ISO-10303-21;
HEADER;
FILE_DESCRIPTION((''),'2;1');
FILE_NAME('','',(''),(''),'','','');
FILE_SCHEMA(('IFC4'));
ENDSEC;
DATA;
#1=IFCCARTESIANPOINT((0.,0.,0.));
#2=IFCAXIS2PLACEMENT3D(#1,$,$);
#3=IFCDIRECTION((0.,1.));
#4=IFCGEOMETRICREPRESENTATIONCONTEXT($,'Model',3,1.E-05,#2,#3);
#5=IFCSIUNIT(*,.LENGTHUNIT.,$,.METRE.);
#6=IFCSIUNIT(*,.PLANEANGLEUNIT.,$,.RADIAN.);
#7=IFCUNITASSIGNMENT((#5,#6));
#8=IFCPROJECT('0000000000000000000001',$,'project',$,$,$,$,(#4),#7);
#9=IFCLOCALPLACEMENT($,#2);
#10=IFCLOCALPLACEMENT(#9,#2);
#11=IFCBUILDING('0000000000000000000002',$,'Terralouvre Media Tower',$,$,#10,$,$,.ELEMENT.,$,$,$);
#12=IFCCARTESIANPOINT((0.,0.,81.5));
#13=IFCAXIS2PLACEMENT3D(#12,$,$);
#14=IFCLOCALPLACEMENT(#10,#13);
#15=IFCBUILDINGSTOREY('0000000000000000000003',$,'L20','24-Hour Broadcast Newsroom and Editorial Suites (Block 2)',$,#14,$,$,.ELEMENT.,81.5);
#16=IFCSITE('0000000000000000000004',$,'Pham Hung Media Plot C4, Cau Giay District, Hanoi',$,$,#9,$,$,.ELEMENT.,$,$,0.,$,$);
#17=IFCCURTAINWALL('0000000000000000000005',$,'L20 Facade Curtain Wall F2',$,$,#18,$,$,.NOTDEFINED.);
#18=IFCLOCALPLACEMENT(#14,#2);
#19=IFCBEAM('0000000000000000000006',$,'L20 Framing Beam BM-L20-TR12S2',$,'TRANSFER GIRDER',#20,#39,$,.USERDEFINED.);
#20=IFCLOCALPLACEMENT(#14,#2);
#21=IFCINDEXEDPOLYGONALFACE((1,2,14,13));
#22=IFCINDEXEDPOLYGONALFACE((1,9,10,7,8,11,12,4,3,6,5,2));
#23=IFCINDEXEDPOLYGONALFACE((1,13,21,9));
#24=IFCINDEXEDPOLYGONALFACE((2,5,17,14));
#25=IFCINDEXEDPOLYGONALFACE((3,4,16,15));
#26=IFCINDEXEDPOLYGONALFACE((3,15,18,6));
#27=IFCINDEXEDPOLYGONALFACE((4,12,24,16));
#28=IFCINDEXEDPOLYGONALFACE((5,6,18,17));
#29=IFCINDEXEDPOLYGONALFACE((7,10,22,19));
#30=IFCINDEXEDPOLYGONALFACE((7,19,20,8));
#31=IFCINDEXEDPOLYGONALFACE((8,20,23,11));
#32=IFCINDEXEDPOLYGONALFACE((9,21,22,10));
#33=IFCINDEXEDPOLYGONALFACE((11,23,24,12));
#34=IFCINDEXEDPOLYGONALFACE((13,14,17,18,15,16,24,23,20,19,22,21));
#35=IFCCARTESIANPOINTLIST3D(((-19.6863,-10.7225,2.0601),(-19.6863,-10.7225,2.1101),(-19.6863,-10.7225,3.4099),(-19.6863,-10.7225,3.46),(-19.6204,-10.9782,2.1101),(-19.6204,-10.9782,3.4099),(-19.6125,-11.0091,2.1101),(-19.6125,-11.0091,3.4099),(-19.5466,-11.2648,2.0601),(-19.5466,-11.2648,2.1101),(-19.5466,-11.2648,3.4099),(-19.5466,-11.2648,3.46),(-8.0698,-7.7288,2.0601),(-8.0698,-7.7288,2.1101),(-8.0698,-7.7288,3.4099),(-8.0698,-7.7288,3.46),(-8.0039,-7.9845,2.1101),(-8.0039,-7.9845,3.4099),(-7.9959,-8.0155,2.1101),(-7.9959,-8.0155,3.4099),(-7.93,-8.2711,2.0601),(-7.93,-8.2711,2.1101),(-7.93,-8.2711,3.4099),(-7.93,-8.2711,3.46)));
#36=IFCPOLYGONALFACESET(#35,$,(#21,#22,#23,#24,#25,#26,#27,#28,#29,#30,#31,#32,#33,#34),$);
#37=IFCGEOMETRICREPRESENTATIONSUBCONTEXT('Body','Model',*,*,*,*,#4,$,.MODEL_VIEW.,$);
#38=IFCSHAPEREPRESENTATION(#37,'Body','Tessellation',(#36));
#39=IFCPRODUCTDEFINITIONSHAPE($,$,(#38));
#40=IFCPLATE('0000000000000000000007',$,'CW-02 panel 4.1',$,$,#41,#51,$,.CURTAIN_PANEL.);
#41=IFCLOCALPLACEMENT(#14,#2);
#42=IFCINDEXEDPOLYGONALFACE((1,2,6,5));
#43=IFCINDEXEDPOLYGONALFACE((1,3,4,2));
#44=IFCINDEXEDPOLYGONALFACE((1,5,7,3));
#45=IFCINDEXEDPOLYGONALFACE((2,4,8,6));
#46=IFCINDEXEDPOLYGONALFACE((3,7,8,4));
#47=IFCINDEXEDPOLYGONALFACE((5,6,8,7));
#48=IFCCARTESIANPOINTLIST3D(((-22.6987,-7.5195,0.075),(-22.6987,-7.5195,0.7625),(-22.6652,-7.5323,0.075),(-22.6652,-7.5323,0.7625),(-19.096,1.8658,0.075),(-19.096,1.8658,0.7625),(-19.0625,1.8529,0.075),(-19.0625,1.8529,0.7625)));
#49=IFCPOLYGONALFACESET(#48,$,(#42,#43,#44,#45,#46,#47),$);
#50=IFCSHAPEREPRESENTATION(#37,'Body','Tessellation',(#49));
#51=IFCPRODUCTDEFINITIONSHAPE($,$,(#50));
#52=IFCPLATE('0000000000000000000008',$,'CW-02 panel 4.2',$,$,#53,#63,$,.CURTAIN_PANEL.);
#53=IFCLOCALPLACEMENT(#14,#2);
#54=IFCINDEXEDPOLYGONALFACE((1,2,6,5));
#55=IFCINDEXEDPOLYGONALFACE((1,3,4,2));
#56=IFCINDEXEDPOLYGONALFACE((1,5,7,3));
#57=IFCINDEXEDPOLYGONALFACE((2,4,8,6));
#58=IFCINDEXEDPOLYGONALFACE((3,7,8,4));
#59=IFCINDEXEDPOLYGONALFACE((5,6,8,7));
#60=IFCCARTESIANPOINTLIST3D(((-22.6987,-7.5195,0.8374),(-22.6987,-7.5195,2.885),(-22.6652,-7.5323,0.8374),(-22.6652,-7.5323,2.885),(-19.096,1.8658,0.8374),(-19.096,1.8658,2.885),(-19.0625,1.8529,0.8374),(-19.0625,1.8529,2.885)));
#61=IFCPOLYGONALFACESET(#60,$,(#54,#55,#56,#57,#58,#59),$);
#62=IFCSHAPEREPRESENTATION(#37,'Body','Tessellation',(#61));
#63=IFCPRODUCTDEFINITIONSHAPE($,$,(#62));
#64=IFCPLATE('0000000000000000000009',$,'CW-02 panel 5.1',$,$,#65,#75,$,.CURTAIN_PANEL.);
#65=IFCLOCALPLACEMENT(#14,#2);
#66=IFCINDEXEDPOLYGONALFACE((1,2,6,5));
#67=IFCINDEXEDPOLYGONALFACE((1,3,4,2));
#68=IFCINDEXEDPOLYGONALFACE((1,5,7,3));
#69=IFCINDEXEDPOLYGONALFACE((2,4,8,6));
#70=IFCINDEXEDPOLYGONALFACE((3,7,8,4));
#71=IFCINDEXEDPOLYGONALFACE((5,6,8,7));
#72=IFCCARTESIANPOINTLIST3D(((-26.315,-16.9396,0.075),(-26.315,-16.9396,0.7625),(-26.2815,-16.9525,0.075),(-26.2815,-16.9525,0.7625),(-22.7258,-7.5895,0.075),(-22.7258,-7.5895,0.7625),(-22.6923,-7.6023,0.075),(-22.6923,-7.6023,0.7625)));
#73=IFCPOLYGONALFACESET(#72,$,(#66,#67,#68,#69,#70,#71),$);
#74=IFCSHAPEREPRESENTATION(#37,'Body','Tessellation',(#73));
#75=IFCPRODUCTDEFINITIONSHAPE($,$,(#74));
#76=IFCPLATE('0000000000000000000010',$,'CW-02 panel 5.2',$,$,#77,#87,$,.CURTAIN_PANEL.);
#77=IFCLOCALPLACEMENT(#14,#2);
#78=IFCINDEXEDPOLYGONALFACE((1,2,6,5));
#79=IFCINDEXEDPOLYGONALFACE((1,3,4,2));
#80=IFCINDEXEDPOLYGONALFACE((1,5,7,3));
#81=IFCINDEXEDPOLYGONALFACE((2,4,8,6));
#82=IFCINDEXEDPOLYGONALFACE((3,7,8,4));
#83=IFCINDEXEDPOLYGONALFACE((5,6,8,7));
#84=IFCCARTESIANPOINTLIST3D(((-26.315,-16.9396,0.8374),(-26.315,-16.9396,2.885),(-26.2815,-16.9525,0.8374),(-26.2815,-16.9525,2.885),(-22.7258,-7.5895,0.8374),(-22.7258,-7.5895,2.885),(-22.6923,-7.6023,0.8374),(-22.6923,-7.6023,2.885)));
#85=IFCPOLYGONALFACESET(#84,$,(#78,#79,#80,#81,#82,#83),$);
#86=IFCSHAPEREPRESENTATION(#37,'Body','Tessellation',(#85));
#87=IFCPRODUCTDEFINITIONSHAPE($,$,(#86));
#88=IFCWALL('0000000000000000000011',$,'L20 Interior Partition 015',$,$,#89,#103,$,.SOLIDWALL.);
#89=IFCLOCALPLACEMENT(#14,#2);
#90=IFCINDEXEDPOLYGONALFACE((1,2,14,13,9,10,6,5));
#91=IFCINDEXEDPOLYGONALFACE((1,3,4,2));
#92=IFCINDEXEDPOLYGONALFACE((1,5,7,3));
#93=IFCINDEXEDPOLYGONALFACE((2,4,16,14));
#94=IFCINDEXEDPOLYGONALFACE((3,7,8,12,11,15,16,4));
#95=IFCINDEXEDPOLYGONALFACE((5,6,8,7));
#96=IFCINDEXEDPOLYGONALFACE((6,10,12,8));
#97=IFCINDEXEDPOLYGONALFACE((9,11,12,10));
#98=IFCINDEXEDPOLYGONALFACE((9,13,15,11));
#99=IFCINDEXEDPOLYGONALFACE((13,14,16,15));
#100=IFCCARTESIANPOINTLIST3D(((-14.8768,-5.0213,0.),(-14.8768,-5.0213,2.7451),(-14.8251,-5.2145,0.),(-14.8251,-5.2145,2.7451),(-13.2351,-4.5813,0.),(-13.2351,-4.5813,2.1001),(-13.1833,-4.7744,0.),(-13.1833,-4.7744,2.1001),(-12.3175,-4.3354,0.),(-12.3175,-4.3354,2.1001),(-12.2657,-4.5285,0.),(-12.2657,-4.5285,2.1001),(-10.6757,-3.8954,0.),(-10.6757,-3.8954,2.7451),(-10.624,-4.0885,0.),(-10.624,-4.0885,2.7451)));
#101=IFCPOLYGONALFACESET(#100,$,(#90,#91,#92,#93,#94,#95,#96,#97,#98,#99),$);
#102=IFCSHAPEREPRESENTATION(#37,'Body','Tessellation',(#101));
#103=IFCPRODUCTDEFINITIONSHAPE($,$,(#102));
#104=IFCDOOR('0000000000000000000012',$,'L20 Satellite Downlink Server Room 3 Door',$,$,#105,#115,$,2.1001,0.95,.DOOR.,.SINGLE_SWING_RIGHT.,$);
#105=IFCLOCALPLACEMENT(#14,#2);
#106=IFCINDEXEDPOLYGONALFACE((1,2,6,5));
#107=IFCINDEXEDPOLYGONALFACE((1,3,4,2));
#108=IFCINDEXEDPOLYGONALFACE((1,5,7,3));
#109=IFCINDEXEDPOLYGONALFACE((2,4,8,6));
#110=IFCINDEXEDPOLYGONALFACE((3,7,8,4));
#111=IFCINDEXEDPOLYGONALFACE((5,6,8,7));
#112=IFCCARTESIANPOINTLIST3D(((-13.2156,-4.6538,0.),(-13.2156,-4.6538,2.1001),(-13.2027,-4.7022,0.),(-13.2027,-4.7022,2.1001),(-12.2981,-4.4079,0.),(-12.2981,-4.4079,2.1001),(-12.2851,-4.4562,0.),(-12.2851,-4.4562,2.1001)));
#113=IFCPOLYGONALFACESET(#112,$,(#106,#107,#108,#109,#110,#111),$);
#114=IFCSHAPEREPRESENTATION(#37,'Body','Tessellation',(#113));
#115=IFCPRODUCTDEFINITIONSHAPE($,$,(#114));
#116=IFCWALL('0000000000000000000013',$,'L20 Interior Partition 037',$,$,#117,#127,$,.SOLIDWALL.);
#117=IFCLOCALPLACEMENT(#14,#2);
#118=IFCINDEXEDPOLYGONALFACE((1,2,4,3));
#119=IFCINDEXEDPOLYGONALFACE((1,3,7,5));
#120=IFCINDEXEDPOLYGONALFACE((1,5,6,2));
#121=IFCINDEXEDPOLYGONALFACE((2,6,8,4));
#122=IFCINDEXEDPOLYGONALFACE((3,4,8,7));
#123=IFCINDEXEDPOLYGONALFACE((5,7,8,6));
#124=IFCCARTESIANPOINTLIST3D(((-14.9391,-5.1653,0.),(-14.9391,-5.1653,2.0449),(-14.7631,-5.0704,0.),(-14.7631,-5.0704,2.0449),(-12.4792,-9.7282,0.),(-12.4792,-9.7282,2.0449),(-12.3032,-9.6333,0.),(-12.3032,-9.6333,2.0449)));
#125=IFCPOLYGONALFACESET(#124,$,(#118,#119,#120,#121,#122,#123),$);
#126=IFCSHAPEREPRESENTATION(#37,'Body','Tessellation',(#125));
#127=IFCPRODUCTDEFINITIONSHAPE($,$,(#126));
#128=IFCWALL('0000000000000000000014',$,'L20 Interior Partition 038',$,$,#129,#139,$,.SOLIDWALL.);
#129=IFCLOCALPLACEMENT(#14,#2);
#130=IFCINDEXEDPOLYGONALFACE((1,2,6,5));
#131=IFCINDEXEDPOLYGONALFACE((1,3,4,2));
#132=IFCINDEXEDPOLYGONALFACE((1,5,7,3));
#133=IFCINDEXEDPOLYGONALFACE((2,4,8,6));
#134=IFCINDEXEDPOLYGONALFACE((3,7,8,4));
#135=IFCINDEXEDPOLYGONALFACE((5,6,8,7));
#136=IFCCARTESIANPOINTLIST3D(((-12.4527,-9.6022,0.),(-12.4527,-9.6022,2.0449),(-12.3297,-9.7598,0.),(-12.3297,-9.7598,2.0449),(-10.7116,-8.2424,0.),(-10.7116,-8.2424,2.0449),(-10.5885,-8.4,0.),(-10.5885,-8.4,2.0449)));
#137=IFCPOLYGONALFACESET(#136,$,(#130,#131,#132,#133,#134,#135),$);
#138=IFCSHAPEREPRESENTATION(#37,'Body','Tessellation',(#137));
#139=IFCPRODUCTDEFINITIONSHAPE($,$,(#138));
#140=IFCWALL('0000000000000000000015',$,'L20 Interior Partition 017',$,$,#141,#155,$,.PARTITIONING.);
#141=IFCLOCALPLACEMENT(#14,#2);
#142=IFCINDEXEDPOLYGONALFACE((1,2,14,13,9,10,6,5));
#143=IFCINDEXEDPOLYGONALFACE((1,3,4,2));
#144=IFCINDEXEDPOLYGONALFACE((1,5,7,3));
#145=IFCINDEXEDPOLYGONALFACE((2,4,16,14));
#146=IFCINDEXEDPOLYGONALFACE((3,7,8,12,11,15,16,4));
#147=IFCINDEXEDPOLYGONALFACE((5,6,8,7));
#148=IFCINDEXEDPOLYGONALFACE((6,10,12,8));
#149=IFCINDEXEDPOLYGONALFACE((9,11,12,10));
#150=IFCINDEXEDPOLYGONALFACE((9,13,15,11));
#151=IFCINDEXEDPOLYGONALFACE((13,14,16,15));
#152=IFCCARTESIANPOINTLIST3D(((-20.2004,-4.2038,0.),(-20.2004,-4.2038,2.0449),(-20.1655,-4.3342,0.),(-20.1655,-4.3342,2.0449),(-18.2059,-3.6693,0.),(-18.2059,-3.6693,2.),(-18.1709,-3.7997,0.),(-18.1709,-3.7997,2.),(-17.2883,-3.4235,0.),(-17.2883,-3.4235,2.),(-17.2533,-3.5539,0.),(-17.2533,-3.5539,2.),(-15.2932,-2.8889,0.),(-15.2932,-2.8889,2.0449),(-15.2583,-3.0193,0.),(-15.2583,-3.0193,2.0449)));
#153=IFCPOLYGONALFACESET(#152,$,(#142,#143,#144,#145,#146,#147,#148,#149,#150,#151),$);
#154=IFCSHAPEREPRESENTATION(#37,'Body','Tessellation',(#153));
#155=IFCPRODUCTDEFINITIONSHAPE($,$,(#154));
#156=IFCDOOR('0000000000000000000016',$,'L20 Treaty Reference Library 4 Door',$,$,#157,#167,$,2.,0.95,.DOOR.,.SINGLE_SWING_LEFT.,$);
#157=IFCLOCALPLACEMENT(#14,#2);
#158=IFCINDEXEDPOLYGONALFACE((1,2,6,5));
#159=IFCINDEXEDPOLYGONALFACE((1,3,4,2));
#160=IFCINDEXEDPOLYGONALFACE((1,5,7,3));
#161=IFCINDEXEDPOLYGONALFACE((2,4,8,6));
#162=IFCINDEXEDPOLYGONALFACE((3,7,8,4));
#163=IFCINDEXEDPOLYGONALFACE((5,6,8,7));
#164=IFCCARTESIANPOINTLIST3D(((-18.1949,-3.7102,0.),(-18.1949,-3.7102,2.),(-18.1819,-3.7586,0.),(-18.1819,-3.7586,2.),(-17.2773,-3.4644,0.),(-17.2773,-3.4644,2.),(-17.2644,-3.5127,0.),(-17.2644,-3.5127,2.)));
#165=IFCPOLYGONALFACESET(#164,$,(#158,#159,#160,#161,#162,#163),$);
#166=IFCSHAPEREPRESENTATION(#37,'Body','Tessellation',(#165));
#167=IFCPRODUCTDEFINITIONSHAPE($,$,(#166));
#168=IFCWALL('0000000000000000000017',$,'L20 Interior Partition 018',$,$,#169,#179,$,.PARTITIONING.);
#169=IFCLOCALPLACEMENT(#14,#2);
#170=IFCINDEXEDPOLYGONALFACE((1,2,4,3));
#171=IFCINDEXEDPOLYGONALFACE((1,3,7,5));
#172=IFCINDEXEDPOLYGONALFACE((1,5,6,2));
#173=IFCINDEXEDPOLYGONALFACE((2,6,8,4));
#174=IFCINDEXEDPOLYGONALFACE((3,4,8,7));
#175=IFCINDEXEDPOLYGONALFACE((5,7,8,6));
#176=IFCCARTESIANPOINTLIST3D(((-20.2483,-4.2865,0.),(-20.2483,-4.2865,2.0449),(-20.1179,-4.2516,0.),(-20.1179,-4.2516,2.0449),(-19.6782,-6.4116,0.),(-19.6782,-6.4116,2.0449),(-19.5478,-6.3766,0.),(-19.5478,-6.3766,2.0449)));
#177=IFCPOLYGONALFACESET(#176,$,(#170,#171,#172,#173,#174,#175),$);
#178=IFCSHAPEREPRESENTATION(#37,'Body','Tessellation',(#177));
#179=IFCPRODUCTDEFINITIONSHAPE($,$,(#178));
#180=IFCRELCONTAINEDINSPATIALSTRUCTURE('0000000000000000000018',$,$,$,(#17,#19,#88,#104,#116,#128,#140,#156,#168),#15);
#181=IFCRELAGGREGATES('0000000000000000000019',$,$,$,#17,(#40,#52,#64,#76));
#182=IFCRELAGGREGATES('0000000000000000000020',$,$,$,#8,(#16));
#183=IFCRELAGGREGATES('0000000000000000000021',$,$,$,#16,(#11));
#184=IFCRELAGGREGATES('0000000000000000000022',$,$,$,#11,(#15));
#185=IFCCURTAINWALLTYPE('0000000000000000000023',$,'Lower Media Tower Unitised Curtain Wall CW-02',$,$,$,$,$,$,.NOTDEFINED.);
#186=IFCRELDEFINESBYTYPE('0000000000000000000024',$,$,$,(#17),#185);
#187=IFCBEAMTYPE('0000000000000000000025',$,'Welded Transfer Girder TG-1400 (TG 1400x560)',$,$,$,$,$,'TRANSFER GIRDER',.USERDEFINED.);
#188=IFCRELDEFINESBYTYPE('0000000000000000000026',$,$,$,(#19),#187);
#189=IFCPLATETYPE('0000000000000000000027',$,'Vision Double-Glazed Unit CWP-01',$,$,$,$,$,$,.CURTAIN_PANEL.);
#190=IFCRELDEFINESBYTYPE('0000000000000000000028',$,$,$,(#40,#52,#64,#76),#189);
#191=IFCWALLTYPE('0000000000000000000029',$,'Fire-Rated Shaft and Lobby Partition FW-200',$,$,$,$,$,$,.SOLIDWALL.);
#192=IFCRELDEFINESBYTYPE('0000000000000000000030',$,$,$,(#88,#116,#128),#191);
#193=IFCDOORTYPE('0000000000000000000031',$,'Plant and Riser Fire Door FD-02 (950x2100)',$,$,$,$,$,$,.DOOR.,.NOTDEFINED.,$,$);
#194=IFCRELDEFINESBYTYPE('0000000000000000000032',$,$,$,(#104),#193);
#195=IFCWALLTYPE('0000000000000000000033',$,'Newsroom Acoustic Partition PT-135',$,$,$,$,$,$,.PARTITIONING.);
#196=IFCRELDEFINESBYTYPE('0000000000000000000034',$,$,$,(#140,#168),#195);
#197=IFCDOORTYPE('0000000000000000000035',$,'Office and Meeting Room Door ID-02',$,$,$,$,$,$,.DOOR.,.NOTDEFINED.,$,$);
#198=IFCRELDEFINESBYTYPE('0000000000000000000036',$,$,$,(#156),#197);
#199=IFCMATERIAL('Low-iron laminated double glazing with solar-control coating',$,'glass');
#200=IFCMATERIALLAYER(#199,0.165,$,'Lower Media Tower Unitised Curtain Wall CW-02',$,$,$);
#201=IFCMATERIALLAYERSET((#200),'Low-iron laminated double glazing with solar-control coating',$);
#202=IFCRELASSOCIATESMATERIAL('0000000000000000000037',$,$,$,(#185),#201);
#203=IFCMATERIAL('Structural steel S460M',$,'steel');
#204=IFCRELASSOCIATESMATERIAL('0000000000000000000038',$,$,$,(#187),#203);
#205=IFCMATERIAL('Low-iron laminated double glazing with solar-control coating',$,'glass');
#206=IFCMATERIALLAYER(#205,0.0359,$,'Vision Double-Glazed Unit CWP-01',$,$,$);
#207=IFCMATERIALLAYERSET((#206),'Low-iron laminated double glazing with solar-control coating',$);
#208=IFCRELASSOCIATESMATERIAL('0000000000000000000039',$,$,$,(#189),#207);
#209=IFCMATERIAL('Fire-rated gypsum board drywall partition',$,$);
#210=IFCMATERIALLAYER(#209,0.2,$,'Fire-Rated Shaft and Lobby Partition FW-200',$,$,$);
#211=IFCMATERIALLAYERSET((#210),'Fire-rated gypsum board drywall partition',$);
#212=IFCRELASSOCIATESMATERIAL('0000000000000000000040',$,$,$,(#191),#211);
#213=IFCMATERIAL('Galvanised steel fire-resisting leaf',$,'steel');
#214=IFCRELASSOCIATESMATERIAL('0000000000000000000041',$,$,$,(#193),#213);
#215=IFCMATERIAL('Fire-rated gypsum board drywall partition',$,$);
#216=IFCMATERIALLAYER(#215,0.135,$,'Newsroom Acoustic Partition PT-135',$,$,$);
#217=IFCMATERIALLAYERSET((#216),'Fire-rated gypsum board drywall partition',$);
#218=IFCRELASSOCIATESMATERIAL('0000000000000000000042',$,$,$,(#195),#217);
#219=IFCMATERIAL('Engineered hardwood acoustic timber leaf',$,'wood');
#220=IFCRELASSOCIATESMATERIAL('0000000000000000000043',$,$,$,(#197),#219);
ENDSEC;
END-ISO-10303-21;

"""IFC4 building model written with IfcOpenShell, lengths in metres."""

from ifc_helpers import new_model, si_unit, direction, frame, frame_2d, origin, origin_2d, place, context, subcontext, project, spatial, rectangle, i_section, extrude, material, layer, layer_set, material_profile, profile_set, type_object, element, fill, aggregate, save


model = new_model("IFC4")

# Units and contexts
model_context = context("Model", 3, precision=1e-05, world=origin(), true_north=direction((0.0, 1.0)))
body_context = subcontext(model_context, "Body", "Model", "MODEL_VIEW")
ifc_project = project(units=[si_unit("LENGTHUNIT", "METRE"), si_unit("PLANEANGLEUNIT", "RADIAN")], contexts=[model_context])

# Site, building, storey
site_placement = place(None, origin())
site = spatial("IfcSite", under=ifc_project, at=site_placement, Name="Pham Hung Media Plot C4, Cau Giay District, Hanoi", CompositionType="ELEMENT", RefElevation=0.0)
building_placement = place(site_placement, origin())
building = spatial("IfcBuilding", under=site, at=building_placement, Name="Terralouvre Media Tower", CompositionType="ELEMENT")
storey_placement = place(building_placement, frame((0.0, 0.0, 81.5)))
storey = spatial("IfcBuildingStorey", under=building, at=storey_placement, Name="L20", Description="24-Hour Broadcast Newsroom and Editorial Suites (Block 2)", CompositionType="ELEMENT", Elevation=81.5)

# Curtain wall
ifc_material_1 = material(Name="Low-iron laminated double glazing with solar-control coating", Category="glass")
ifc_layer_1 = layer(ifc_material_1, 0.165, Name="Lower Media Tower Unitised Curtain Wall CW-02")
ifc_layer_set_1 = layer_set([ifc_layer_1], Name="Low-iron laminated double glazing with solar-control coating")
curtain_wall_type_1 = type_object("IfcCurtainWallType", Name="Lower Media Tower Unitised Curtain Wall CW-02", PredefinedType="NOTDEFINED", material=ifc_layer_set_1)
curtain_wall_1_placement = place(storey_placement, origin())
curtain_wall_1 = element("IfcCurtainWall", 1, at=curtain_wall_1_placement, inside=storey, type_object=curtain_wall_type_1, Name="L20 Facade Curtain Wall F2", PredefinedType="NOTDEFINED")

# Beam
ifc_material_2 = material(Name="Structural steel S460M", Category="steel")
ifc_material_profile_1 = material_profile(ifc_material_2, i_section(OverallWidth=0.5601, OverallDepth=1.3999, WebThickness=0.032, FlangeThickness=0.05, at=origin_2d()), Name="TG 1400x560")
ifc_profile_set_1 = profile_set([ifc_material_profile_1], Name="Structural steel S460M")
beam_type_1 = type_object("IfcBeamType", Name="Welded Transfer Girder TG-1400 (TG 1400x560)", ElementType="TRANSFER GIRDER", PredefinedType="USERDEFINED", material=ifc_profile_set_1)
beam_1_placement = place(storey_placement, frame((-19.6165, -10.9937, 2.76), z_axis=(0.968361, 0.249554, 0.0), x_axis=(-0.249554, 0.968361, 0.0)))
element("IfcBeam", 2, at=beam_1_placement, inside=storey, type_object=beam_type_1, Name="L20 Framing Beam BM-L20-TR12S2", ObjectType="TRANSFER GIRDER", PredefinedType="USERDEFINED", context=body_context, shape_type="SweptSolid", body=[
    extrude(i_section(OverallWidth=0.5601, OverallDepth=1.3999, WebThickness=0.032, FlangeThickness=0.05, at=origin_2d()), origin(), (0.0, 0.0, 1.0), 11.9961),
])

# Plates
ifc_material_3 = material(Name="Low-iron laminated double glazing with solar-control coating", Category="glass")
ifc_layer_2 = layer(ifc_material_3, 0.0359, Name="Vision Double-Glazed Unit CWP-01")
ifc_layer_set_2 = layer_set([ifc_layer_2], Name="Low-iron laminated double glazing with solar-control coating")
plate_type = type_object("IfcPlateType", Name="Vision Double-Glazed Unit CWP-01", PredefinedType="CURTAIN_PANEL", material=ifc_layer_set_2)
plate_1_placement = place(storey_placement, frame((-20.8806, -2.8333, 0.075), z_axis=(0.0, 0.0, 1.0), x_axis=(-0.358368, -0.93358, 0.0)))
plate_1 = element("IfcPlate", 3, at=plate_1_placement, type_object=plate_type, Name="CW-02 panel 4.1", PredefinedType="CURTAIN_PANEL", context=body_context, shape_type="SweptSolid", body=[
    extrude(rectangle(XDim=10.053, YDim=0.0359, at=origin_2d()), origin(), (0.0, 0.0, 1.0), 0.6875),
])
plate_2_placement = place(storey_placement, frame((-20.8806, -2.8333, 0.8374), z_axis=(0.0, 0.0, 1.0), x_axis=(-0.358368, -0.93358, 0.0)))
plate_2 = element("IfcPlate", 4, at=plate_2_placement, type_object=plate_type, Name="CW-02 panel 4.2", PredefinedType="CURTAIN_PANEL", context=body_context, shape_type="SweptSolid", body=[
    extrude(rectangle(XDim=10.053, YDim=0.0359, at=origin_2d()), origin(), (0.0, 0.0, 1.0), 2.0476),
])
plate_3_placement = place(storey_placement, frame((-24.5037, -12.271, 0.075), z_axis=(0.0, 0.0, 1.0), x_axis=(-0.358368, -0.93358, 0.0)))
plate_3 = element("IfcPlate", 5, at=plate_3_placement, type_object=plate_type, Name="CW-02 panel 5.1", PredefinedType="CURTAIN_PANEL", context=body_context, shape_type="SweptSolid", body=[
    extrude(rectangle(XDim=10.0154, YDim=0.0359, at=origin_2d()), origin(), (0.0, 0.0, 1.0), 0.6875),
])
plate_4_placement = place(storey_placement, frame((-24.5037, -12.271, 0.8374), z_axis=(0.0, 0.0, 1.0), x_axis=(-0.358368, -0.93358, 0.0)))
plate_4 = element("IfcPlate", 6, at=plate_4_placement, type_object=plate_type, Name="CW-02 panel 5.2", PredefinedType="CURTAIN_PANEL", context=body_context, shape_type="SweptSolid", body=[
    extrude(rectangle(XDim=10.0154, YDim=0.0359, at=origin_2d()), origin(), (0.0, 0.0, 1.0), 2.0476),
])
aggregate(curtain_wall_1, [plate_1, plate_2, plate_3, plate_4])

# Wall, opening, door
ifc_material_4 = material(Name="Fire-rated gypsum board drywall partition")
ifc_layer_3 = layer(ifc_material_4, 0.2, Name="Fire-Rated Shaft and Lobby Partition FW-200")
ifc_layer_set_3 = layer_set([ifc_layer_3], Name="Fire-rated gypsum board drywall partition")
wall_type_1 = type_object("IfcWallType", Name="Fire-Rated Shaft and Lobby Partition FW-200", PredefinedType="SOLIDWALL", material=ifc_layer_set_3)
wall_1_placement = place(storey_placement, frame((-14.8511, -5.1179, 0.0), z_axis=(0.0, 0.0, 1.0), x_axis=(0.96591, 0.258878, 0.0)))
wall_1 = element("IfcWall", 7, at=wall_1_placement, inside=storey, type_object=wall_type_1, Name="L20 Interior Partition 015", PredefinedType="SOLIDWALL", context=body_context, shape_type="SweptSolid", body=[
    extrude(rectangle(XDim=4.3494, YDim=0.2, at=frame_2d((2.1748, 0.0))), origin(), (0.0, 0.0, 1.0), 2.7451),
])
opening_1_placement = place(wall_1_placement, frame((1.6997, 0.0, 0.0)))
opening_1 = element("IfcOpeningElement", 8, at=opening_1_placement, cuts=wall_1, PredefinedType="OPENING", context=body_context, shape_type="SweptSolid", body=[
    extrude(rectangle(XDim=0.95, YDim=2.1001, at=frame_2d((0.4751, 1.05))), frame((0.0, 0.1099, 0.0), z_axis=(0.0, -1.0, 0.0), x_axis=(1.0, 0.0, 0.0)), (0.0, 0.0, 1.0), 0.22),
])
ifc_material_5 = material(Name="Galvanised steel fire-resisting leaf", Category="steel")
door_type_1 = type_object("IfcDoorType", Name="Plant and Riser Fire Door FD-02 (950x2100)", OperationType="NOTDEFINED", PredefinedType="DOOR", material=ifc_material_5)
door_1_placement = place(opening_1_placement, origin())
door_1 = element("IfcDoor", 9, at=door_1_placement, inside=storey, type_object=door_type_1, Name="L20 Satellite Downlink Server Room 3 Door", OperationType="SINGLE_SWING_RIGHT", OverallHeight=2.1001, OverallWidth=0.95, PredefinedType="DOOR", context=body_context, shape_type="SweptSolid", body=[
    extrude(rectangle(XDim=0.95, YDim=2.1001, at=frame_2d((0.4751, 1.05))), frame((0.0, 0.0249, 0.0), z_axis=(0.0, -1.0, 0.0), x_axis=(1.0, 0.0, 0.0)), (0.0, 0.0, 1.0), 0.05),
])
fill(opening_1, door_1)

# Walls
wall_2_placement = place(storey_placement, frame((-14.8511, -5.1179, 0.0), z_axis=(0.0, 0.0, 1.0), x_axis=(0.474544, -0.880232, 0.0)))
element("IfcWall", 10, at=wall_2_placement, inside=storey, type_object=wall_type_1, Name="L20 Interior Partition 037", PredefinedType="SOLIDWALL", context=body_context, shape_type="SweptSolid", body=[
    extrude(rectangle(XDim=5.1838, YDim=0.2, at=frame_2d((2.5918, 0.0))), origin(), (0.0, 0.0, 1.0), 2.0449),
])
wall_3_placement = place(storey_placement, frame((-12.3911, -9.6809, 0.0), z_axis=(0.0, 0.0, 1.0), x_axis=(0.788125, 0.615515, 0.0)))
element("IfcWall", 11, at=wall_3_placement, inside=storey, type_object=wall_type_1, Name="L20 Interior Partition 038", PredefinedType="SOLIDWALL", context=body_context, shape_type="SweptSolid", body=[
    extrude(rectangle(XDim=2.2092, YDim=0.2, at=frame_2d((1.1045, 0.0))), origin(), (0.0, 0.0, 1.0), 2.0449),
])

# Wall, opening, door
ifc_material_6 = material(Name="Fire-rated gypsum board drywall partition")
ifc_layer_4 = layer(ifc_material_6, 0.135, Name="Newsroom Acoustic Partition PT-135")
ifc_layer_set_4 = layer_set([ifc_layer_4], Name="Fire-rated gypsum board drywall partition")
wall_type_2 = type_object("IfcWallType", Name="Newsroom Acoustic Partition PT-135", PredefinedType="PARTITIONING", material=ifc_layer_set_4)
wall_4_placement = place(storey_placement, frame((-15.2759, -2.9541, 0.0), z_axis=(0.0, 0.0, 1.0), x_axis=(-0.965923, -0.258829, 0.0)))
wall_4 = element("IfcWall", 12, at=wall_4_placement, inside=storey, type_object=wall_type_2, Name="L20 Interior Partition 017", PredefinedType="PARTITIONING", context=body_context, shape_type="SweptSolid", body=[
    extrude(rectangle(XDim=5.0803, YDim=0.135, at=frame_2d((2.54, 0.0))), origin(), (0.0, 0.0, 1.0), 2.0449),
])
opening_2_placement = place(wall_4_placement, frame((2.0652, 0.0, 0.0)))
opening_2 = element("IfcOpeningElement", 13, at=opening_2_placement, cuts=wall_4, PredefinedType="OPENING", context=body_context, shape_type="SweptSolid", body=[
    extrude(rectangle(XDim=0.95, YDim=2.0, at=frame_2d((0.4751, 1.0))), frame((0.0, 0.0774, 0.0), z_axis=(0.0, -1.0, 0.0), x_axis=(1.0, 0.0, 0.0)), (0.0, 0.0, 1.0), 0.155),
])
ifc_material_7 = material(Name="Engineered hardwood acoustic timber leaf", Category="wood")
door_type_2 = type_object("IfcDoorType", Name="Office and Meeting Room Door ID-02", OperationType="NOTDEFINED", PredefinedType="DOOR", material=ifc_material_7)
door_2_placement = place(opening_2_placement, origin())
door_2 = element("IfcDoor", 14, at=door_2_placement, inside=storey, type_object=door_type_2, Name="L20 Treaty Reference Library 4 Door", OperationType="SINGLE_SWING_LEFT", OverallHeight=2.0, OverallWidth=0.95, PredefinedType="DOOR", context=body_context, shape_type="SweptSolid", body=[
    extrude(rectangle(XDim=0.95, YDim=2.0, at=frame_2d((0.4751, 1.0))), frame((0.0, 0.0249, 0.0), z_axis=(0.0, -1.0, 0.0), x_axis=(1.0, 0.0, 0.0)), (0.0, 0.0, 1.0), 0.05),
])
fill(opening_2, door_2)

# Wall
wall_5_placement = place(storey_placement, frame((-20.1831, -4.269, 0.0), z_axis=(0.0, 0.0, 1.0), x_axis=(0.259106, -0.965849, 0.0)))
element("IfcWall", 15, at=wall_5_placement, inside=storey, type_object=wall_type_2, Name="L20 Interior Partition 018", PredefinedType="PARTITIONING", context=body_context, shape_type="SweptSolid", body=[
    extrude(rectangle(XDim=2.2002, YDim=0.135, at=frame_2d((1.1001, 0.0))), origin(), (0.0, 0.0, 1.0), 2.0449),
])

save(model, "model.ifc")
